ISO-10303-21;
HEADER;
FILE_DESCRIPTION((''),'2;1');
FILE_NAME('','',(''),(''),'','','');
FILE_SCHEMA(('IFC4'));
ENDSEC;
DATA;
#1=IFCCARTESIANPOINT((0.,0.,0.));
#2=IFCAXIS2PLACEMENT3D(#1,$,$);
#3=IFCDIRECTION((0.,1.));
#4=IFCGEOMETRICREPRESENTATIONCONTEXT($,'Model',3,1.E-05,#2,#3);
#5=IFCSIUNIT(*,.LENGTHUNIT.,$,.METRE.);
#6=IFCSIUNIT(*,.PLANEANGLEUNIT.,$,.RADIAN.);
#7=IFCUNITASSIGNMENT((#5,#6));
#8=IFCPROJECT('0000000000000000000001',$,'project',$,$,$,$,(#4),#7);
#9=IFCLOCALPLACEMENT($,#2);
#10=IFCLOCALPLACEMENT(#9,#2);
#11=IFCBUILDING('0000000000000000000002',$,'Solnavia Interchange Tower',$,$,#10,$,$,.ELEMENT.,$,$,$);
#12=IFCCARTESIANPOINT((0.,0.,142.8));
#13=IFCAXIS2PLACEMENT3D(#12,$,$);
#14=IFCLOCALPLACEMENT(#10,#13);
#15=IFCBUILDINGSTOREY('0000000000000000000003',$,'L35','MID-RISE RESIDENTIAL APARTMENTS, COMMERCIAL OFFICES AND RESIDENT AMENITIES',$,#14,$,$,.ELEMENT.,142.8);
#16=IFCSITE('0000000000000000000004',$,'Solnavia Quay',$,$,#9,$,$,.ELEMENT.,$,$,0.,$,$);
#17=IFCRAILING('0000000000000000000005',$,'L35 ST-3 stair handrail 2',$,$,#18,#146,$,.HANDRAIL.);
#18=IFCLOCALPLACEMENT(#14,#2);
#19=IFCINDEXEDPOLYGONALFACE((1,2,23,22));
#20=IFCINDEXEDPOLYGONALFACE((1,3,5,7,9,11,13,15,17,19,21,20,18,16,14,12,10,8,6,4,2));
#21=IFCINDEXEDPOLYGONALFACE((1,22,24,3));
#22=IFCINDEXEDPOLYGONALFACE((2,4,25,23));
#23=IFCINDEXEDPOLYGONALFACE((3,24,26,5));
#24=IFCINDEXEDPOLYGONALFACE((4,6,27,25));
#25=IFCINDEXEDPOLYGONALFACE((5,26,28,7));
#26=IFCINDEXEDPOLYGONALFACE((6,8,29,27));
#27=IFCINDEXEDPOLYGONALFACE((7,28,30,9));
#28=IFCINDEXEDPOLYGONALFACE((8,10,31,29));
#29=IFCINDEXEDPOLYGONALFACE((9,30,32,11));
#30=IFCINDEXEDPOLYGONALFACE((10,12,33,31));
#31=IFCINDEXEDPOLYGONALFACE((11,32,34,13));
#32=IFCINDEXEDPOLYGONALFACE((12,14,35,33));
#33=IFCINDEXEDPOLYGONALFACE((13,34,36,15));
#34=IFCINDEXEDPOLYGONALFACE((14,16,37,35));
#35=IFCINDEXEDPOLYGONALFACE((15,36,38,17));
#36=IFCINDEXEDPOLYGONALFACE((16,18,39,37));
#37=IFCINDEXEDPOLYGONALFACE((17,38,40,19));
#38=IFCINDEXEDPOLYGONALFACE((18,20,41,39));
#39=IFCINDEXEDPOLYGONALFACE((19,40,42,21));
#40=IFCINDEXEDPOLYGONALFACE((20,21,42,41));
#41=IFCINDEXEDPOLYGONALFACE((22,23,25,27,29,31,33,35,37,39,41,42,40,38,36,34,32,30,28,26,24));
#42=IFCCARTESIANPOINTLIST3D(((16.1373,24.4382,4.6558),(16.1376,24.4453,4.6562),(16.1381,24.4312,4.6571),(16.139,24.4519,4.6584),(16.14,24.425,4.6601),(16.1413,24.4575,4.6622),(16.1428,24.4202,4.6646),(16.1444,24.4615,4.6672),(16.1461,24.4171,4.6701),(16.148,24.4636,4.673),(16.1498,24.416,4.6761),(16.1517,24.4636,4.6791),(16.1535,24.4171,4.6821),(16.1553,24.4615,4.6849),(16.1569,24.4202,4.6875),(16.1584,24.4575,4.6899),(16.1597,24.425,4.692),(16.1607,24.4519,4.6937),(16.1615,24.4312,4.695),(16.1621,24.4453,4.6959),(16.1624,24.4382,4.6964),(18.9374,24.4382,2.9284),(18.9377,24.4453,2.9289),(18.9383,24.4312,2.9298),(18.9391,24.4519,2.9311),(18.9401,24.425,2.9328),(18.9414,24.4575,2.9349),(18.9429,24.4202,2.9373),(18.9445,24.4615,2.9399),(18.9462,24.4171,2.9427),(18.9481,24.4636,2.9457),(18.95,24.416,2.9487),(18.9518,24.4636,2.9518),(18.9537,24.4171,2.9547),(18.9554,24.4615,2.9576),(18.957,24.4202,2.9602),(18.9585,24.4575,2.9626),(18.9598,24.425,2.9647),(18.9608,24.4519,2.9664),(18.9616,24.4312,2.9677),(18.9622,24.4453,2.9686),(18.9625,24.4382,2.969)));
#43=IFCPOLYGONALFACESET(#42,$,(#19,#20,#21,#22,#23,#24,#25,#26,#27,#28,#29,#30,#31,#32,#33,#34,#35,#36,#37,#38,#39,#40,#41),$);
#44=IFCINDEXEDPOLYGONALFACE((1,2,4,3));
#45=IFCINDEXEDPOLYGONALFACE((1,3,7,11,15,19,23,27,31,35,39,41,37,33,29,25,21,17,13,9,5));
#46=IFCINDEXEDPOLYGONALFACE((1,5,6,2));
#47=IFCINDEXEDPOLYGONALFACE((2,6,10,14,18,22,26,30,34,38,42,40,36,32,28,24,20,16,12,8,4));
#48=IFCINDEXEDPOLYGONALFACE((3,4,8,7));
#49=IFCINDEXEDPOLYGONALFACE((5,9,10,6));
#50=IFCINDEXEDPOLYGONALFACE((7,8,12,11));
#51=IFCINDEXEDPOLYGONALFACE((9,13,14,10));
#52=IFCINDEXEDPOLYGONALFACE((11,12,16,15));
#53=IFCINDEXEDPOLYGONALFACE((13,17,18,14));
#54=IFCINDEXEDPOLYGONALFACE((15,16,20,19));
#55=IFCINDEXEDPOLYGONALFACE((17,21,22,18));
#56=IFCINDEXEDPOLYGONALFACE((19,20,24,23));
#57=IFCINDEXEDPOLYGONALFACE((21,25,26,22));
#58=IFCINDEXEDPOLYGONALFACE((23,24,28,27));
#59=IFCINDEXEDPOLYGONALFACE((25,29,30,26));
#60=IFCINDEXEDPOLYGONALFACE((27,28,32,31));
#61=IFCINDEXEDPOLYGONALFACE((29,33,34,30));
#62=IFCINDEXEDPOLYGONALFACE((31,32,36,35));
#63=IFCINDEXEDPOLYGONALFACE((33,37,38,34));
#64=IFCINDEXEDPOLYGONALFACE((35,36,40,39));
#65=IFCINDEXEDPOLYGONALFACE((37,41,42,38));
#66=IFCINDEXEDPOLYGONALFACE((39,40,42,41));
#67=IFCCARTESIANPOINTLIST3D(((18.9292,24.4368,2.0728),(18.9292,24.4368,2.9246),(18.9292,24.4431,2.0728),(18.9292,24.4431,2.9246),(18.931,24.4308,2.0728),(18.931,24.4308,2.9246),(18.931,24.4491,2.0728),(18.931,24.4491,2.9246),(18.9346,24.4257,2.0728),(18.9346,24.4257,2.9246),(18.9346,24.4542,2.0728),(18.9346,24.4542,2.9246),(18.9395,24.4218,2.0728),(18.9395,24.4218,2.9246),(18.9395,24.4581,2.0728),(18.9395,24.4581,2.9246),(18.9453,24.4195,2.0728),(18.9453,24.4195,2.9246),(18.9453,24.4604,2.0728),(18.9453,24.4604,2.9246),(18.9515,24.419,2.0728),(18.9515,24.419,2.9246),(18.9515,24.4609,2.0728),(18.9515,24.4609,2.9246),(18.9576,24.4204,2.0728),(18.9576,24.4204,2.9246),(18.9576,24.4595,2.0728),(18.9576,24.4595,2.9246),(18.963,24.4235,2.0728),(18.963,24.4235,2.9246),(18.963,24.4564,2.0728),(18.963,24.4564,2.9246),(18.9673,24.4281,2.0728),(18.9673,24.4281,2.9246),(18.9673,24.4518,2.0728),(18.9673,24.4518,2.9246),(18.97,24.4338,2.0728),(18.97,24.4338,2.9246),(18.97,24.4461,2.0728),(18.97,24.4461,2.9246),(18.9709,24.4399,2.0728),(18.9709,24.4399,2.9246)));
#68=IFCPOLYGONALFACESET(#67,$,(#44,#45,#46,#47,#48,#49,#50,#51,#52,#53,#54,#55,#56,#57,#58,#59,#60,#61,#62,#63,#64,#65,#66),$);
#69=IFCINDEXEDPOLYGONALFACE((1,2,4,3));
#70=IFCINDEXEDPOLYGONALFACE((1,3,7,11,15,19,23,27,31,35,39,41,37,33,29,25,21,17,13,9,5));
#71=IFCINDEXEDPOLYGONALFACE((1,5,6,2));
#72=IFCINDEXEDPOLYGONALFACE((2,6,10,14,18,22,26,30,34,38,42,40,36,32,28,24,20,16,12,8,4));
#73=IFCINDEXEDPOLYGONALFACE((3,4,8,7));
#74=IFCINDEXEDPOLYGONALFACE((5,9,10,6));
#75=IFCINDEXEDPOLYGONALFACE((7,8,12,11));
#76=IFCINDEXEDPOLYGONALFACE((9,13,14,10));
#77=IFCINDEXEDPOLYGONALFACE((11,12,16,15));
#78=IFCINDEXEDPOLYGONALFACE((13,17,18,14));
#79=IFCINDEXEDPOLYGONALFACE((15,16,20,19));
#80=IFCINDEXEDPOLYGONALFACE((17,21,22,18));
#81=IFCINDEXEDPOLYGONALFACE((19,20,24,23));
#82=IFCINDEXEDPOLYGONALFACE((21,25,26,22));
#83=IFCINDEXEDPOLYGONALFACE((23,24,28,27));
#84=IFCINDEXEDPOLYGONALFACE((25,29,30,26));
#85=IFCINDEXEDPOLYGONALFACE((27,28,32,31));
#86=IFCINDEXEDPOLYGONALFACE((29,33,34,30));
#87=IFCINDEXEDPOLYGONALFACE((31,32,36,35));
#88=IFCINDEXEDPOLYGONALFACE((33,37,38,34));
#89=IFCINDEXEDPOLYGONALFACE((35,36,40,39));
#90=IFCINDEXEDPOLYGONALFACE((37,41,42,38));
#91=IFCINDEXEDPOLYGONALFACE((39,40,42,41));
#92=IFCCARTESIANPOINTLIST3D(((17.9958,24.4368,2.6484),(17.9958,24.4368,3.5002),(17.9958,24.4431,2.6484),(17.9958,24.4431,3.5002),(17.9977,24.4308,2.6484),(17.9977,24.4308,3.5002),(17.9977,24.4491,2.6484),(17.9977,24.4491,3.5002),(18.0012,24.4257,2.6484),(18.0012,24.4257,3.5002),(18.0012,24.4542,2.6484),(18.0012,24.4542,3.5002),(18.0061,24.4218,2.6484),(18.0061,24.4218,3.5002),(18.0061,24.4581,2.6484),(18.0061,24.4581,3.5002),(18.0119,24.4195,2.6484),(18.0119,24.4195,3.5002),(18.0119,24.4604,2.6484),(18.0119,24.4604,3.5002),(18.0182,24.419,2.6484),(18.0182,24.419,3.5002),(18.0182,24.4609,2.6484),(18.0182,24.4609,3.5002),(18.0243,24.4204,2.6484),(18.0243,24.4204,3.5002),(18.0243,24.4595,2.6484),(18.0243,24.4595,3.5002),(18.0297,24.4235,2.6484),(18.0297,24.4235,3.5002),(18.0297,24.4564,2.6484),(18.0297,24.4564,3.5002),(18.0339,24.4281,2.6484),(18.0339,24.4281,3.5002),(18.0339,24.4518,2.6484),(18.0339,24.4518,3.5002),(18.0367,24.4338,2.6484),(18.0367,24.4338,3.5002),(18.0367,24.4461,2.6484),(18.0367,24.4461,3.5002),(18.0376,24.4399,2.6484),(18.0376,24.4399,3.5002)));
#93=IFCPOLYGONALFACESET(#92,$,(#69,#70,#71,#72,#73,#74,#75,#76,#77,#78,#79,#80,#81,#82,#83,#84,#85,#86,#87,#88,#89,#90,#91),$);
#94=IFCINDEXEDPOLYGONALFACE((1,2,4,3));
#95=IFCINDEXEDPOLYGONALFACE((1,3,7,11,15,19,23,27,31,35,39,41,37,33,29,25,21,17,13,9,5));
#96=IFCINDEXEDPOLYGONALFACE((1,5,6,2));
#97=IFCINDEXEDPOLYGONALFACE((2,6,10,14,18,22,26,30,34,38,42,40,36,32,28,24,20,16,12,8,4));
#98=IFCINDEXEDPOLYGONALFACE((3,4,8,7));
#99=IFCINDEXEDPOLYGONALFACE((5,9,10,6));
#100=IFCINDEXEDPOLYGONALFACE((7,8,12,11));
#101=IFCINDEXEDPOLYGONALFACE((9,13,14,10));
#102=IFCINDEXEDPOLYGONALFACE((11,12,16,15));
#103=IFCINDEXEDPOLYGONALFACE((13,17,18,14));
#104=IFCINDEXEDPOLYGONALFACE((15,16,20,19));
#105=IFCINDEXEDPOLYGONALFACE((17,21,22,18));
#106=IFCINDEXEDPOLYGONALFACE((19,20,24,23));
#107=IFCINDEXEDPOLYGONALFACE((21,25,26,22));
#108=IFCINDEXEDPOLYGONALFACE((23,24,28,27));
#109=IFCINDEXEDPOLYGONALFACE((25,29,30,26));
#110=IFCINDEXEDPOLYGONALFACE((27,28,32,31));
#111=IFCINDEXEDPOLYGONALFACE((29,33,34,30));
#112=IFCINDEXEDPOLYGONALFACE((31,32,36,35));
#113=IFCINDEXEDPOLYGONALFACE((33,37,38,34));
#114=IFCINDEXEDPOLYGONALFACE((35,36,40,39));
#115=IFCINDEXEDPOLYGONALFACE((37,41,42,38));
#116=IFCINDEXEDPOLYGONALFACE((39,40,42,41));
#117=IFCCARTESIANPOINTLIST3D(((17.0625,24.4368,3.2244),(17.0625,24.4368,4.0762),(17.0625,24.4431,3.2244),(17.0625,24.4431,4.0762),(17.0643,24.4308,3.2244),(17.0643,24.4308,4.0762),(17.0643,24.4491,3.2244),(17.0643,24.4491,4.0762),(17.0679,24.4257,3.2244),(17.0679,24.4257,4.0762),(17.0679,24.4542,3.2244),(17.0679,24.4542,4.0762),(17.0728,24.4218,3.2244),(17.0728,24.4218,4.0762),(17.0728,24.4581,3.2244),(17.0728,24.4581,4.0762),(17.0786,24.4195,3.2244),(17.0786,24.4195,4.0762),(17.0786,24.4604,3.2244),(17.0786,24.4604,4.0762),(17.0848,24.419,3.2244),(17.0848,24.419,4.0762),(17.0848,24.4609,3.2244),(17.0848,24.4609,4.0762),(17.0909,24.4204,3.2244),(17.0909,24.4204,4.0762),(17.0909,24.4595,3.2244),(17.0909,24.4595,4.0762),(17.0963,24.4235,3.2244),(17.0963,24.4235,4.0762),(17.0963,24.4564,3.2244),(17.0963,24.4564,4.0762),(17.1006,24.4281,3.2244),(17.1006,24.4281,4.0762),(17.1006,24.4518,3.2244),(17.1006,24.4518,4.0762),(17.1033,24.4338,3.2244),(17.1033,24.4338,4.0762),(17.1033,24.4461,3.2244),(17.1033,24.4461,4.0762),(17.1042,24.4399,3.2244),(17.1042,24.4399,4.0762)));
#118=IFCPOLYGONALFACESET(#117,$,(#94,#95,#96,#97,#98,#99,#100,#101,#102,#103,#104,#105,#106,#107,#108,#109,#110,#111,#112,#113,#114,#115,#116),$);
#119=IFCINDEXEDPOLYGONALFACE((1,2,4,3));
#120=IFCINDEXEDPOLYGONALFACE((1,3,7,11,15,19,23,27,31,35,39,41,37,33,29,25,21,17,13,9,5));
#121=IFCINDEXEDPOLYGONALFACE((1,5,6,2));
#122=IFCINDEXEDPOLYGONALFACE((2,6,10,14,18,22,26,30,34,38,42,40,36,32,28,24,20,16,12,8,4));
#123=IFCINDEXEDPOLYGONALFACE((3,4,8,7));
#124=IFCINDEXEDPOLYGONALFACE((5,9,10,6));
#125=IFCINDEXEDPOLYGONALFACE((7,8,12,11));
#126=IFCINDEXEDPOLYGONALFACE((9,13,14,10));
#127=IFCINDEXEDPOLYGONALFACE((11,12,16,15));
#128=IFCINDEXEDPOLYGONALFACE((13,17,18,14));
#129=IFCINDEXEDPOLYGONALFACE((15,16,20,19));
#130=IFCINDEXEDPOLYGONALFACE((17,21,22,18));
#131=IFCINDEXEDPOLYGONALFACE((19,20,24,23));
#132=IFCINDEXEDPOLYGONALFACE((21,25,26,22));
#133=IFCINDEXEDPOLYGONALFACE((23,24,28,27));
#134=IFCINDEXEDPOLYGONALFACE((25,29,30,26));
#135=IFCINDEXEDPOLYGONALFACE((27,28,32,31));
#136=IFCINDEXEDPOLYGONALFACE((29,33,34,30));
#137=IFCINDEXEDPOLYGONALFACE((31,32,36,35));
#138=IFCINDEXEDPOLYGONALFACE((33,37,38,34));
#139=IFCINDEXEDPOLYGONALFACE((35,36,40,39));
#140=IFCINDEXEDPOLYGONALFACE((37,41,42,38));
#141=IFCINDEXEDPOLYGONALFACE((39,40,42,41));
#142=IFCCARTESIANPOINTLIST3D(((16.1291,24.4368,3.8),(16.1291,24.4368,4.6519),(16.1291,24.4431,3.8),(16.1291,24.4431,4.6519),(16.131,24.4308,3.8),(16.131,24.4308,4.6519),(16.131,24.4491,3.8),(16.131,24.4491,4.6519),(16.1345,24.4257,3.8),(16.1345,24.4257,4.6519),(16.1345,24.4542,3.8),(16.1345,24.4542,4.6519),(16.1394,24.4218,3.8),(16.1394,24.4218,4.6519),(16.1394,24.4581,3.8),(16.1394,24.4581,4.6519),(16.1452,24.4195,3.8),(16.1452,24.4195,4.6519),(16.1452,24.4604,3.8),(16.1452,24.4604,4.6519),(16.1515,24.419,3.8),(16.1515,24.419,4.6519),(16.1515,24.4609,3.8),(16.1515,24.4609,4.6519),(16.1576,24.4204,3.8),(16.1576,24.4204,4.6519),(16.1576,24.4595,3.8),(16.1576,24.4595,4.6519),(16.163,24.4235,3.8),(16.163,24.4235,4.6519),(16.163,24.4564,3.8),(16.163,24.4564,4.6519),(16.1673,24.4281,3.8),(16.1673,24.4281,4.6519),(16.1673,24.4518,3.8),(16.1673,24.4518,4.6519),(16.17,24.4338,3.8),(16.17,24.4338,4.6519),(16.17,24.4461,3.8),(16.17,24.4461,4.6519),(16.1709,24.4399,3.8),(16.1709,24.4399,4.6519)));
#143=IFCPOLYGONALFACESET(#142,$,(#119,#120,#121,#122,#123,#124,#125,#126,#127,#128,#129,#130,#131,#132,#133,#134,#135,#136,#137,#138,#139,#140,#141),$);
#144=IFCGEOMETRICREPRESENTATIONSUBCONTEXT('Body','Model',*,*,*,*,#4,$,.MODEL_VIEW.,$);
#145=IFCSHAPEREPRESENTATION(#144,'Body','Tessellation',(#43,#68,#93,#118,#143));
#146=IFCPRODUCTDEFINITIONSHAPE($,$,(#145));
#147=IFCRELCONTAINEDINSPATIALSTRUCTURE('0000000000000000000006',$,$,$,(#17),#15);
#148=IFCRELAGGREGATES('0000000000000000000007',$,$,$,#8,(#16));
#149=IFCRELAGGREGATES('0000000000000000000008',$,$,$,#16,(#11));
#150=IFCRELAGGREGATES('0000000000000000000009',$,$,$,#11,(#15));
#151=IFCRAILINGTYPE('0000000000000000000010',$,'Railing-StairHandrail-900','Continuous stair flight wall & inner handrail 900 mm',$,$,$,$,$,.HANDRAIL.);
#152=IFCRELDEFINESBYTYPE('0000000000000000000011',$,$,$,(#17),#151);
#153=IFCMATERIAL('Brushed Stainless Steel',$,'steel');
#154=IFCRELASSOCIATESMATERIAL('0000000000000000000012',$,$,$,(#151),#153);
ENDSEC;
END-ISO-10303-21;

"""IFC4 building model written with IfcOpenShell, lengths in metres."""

from ifc_helpers import new_model, si_unit, direction, frame, origin, origin_2d, place, context, subcontext, project, spatial, circle, extrude, material, type_object, element, save


model = new_model("IFC4")

# Units and contexts
model_context = context("Model", 3, precision=1e-05, world=origin(), true_north=direction((0.0, 1.0)))
body_context = subcontext(model_context, "Body", "Model", "MODEL_VIEW")
ifc_project = project(units=[si_unit("LENGTHUNIT", "METRE"), si_unit("PLANEANGLEUNIT", "RADIAN")], contexts=[model_context])

# Site, building, storey
site_placement = place(None, origin())
site = spatial("IfcSite", under=ifc_project, at=site_placement, Name="Solnavia Quay", CompositionType="ELEMENT", RefElevation=0.0)
building_placement = place(site_placement, origin())
building = spatial("IfcBuilding", under=site, at=building_placement, Name="Solnavia Interchange Tower", CompositionType="ELEMENT")
storey_placement = place(building_placement, frame((0.0, 0.0, 142.8)))
storey = spatial("IfcBuildingStorey", under=building, at=storey_placement, Name="L35", Description="MID-RISE RESIDENTIAL APARTMENTS, COMMERCIAL OFFICES AND RESIDENT AMENITIES", CompositionType="ELEMENT", Elevation=142.8)

# Railing
ifc_material_1 = material(Name="Brushed Stainless Steel", Category="steel")
railing_type_1 = type_object("IfcRailingType", Name="Railing-StairHandrail-900", Description="Continuous stair flight wall & inner handrail 900 mm", PredefinedType="HANDRAIL", material=ifc_material_1)
railing_1_placement = place(storey_placement, frame((18.95, 24.4399, 2.0728)))
element("IfcRailing", 1, at=railing_1_placement, inside=storey, type_object=railing_type_1, Name="L35 ST-3 stair handrail 2", PredefinedType="HANDRAIL", context=body_context, shape_type="SweptSolid", body=[
    extrude(circle(Radius=0.0239, at=origin_2d()), frame((0.0, 0.0, 0.876), z_axis=(-0.85109, 0.0, 0.52502), x_axis=(0.0, -1.0, 0.0)), (0.0, 0.0, 1.0), 3.29),
    extrude(circle(Radius=0.021, at=origin_2d()), origin(), (0.0, 0.0, 1.0), 0.8518),
    extrude(circle(Radius=0.021, at=origin_2d()), frame((-0.9333, 0.0, 0.5757)), (0.0, 0.0, 1.0), 0.8518),
    extrude(circle(Radius=0.021, at=origin_2d()), frame((-1.8667, 0.0, 1.1516)), (0.0, 0.0, 1.0), 0.8518),
    extrude(circle(Radius=0.021, at=origin_2d()), frame((-2.8, 0.0, 1.7273)), (0.0, 0.0, 1.0), 0.8518),
])

save(model, "model.ifc")
